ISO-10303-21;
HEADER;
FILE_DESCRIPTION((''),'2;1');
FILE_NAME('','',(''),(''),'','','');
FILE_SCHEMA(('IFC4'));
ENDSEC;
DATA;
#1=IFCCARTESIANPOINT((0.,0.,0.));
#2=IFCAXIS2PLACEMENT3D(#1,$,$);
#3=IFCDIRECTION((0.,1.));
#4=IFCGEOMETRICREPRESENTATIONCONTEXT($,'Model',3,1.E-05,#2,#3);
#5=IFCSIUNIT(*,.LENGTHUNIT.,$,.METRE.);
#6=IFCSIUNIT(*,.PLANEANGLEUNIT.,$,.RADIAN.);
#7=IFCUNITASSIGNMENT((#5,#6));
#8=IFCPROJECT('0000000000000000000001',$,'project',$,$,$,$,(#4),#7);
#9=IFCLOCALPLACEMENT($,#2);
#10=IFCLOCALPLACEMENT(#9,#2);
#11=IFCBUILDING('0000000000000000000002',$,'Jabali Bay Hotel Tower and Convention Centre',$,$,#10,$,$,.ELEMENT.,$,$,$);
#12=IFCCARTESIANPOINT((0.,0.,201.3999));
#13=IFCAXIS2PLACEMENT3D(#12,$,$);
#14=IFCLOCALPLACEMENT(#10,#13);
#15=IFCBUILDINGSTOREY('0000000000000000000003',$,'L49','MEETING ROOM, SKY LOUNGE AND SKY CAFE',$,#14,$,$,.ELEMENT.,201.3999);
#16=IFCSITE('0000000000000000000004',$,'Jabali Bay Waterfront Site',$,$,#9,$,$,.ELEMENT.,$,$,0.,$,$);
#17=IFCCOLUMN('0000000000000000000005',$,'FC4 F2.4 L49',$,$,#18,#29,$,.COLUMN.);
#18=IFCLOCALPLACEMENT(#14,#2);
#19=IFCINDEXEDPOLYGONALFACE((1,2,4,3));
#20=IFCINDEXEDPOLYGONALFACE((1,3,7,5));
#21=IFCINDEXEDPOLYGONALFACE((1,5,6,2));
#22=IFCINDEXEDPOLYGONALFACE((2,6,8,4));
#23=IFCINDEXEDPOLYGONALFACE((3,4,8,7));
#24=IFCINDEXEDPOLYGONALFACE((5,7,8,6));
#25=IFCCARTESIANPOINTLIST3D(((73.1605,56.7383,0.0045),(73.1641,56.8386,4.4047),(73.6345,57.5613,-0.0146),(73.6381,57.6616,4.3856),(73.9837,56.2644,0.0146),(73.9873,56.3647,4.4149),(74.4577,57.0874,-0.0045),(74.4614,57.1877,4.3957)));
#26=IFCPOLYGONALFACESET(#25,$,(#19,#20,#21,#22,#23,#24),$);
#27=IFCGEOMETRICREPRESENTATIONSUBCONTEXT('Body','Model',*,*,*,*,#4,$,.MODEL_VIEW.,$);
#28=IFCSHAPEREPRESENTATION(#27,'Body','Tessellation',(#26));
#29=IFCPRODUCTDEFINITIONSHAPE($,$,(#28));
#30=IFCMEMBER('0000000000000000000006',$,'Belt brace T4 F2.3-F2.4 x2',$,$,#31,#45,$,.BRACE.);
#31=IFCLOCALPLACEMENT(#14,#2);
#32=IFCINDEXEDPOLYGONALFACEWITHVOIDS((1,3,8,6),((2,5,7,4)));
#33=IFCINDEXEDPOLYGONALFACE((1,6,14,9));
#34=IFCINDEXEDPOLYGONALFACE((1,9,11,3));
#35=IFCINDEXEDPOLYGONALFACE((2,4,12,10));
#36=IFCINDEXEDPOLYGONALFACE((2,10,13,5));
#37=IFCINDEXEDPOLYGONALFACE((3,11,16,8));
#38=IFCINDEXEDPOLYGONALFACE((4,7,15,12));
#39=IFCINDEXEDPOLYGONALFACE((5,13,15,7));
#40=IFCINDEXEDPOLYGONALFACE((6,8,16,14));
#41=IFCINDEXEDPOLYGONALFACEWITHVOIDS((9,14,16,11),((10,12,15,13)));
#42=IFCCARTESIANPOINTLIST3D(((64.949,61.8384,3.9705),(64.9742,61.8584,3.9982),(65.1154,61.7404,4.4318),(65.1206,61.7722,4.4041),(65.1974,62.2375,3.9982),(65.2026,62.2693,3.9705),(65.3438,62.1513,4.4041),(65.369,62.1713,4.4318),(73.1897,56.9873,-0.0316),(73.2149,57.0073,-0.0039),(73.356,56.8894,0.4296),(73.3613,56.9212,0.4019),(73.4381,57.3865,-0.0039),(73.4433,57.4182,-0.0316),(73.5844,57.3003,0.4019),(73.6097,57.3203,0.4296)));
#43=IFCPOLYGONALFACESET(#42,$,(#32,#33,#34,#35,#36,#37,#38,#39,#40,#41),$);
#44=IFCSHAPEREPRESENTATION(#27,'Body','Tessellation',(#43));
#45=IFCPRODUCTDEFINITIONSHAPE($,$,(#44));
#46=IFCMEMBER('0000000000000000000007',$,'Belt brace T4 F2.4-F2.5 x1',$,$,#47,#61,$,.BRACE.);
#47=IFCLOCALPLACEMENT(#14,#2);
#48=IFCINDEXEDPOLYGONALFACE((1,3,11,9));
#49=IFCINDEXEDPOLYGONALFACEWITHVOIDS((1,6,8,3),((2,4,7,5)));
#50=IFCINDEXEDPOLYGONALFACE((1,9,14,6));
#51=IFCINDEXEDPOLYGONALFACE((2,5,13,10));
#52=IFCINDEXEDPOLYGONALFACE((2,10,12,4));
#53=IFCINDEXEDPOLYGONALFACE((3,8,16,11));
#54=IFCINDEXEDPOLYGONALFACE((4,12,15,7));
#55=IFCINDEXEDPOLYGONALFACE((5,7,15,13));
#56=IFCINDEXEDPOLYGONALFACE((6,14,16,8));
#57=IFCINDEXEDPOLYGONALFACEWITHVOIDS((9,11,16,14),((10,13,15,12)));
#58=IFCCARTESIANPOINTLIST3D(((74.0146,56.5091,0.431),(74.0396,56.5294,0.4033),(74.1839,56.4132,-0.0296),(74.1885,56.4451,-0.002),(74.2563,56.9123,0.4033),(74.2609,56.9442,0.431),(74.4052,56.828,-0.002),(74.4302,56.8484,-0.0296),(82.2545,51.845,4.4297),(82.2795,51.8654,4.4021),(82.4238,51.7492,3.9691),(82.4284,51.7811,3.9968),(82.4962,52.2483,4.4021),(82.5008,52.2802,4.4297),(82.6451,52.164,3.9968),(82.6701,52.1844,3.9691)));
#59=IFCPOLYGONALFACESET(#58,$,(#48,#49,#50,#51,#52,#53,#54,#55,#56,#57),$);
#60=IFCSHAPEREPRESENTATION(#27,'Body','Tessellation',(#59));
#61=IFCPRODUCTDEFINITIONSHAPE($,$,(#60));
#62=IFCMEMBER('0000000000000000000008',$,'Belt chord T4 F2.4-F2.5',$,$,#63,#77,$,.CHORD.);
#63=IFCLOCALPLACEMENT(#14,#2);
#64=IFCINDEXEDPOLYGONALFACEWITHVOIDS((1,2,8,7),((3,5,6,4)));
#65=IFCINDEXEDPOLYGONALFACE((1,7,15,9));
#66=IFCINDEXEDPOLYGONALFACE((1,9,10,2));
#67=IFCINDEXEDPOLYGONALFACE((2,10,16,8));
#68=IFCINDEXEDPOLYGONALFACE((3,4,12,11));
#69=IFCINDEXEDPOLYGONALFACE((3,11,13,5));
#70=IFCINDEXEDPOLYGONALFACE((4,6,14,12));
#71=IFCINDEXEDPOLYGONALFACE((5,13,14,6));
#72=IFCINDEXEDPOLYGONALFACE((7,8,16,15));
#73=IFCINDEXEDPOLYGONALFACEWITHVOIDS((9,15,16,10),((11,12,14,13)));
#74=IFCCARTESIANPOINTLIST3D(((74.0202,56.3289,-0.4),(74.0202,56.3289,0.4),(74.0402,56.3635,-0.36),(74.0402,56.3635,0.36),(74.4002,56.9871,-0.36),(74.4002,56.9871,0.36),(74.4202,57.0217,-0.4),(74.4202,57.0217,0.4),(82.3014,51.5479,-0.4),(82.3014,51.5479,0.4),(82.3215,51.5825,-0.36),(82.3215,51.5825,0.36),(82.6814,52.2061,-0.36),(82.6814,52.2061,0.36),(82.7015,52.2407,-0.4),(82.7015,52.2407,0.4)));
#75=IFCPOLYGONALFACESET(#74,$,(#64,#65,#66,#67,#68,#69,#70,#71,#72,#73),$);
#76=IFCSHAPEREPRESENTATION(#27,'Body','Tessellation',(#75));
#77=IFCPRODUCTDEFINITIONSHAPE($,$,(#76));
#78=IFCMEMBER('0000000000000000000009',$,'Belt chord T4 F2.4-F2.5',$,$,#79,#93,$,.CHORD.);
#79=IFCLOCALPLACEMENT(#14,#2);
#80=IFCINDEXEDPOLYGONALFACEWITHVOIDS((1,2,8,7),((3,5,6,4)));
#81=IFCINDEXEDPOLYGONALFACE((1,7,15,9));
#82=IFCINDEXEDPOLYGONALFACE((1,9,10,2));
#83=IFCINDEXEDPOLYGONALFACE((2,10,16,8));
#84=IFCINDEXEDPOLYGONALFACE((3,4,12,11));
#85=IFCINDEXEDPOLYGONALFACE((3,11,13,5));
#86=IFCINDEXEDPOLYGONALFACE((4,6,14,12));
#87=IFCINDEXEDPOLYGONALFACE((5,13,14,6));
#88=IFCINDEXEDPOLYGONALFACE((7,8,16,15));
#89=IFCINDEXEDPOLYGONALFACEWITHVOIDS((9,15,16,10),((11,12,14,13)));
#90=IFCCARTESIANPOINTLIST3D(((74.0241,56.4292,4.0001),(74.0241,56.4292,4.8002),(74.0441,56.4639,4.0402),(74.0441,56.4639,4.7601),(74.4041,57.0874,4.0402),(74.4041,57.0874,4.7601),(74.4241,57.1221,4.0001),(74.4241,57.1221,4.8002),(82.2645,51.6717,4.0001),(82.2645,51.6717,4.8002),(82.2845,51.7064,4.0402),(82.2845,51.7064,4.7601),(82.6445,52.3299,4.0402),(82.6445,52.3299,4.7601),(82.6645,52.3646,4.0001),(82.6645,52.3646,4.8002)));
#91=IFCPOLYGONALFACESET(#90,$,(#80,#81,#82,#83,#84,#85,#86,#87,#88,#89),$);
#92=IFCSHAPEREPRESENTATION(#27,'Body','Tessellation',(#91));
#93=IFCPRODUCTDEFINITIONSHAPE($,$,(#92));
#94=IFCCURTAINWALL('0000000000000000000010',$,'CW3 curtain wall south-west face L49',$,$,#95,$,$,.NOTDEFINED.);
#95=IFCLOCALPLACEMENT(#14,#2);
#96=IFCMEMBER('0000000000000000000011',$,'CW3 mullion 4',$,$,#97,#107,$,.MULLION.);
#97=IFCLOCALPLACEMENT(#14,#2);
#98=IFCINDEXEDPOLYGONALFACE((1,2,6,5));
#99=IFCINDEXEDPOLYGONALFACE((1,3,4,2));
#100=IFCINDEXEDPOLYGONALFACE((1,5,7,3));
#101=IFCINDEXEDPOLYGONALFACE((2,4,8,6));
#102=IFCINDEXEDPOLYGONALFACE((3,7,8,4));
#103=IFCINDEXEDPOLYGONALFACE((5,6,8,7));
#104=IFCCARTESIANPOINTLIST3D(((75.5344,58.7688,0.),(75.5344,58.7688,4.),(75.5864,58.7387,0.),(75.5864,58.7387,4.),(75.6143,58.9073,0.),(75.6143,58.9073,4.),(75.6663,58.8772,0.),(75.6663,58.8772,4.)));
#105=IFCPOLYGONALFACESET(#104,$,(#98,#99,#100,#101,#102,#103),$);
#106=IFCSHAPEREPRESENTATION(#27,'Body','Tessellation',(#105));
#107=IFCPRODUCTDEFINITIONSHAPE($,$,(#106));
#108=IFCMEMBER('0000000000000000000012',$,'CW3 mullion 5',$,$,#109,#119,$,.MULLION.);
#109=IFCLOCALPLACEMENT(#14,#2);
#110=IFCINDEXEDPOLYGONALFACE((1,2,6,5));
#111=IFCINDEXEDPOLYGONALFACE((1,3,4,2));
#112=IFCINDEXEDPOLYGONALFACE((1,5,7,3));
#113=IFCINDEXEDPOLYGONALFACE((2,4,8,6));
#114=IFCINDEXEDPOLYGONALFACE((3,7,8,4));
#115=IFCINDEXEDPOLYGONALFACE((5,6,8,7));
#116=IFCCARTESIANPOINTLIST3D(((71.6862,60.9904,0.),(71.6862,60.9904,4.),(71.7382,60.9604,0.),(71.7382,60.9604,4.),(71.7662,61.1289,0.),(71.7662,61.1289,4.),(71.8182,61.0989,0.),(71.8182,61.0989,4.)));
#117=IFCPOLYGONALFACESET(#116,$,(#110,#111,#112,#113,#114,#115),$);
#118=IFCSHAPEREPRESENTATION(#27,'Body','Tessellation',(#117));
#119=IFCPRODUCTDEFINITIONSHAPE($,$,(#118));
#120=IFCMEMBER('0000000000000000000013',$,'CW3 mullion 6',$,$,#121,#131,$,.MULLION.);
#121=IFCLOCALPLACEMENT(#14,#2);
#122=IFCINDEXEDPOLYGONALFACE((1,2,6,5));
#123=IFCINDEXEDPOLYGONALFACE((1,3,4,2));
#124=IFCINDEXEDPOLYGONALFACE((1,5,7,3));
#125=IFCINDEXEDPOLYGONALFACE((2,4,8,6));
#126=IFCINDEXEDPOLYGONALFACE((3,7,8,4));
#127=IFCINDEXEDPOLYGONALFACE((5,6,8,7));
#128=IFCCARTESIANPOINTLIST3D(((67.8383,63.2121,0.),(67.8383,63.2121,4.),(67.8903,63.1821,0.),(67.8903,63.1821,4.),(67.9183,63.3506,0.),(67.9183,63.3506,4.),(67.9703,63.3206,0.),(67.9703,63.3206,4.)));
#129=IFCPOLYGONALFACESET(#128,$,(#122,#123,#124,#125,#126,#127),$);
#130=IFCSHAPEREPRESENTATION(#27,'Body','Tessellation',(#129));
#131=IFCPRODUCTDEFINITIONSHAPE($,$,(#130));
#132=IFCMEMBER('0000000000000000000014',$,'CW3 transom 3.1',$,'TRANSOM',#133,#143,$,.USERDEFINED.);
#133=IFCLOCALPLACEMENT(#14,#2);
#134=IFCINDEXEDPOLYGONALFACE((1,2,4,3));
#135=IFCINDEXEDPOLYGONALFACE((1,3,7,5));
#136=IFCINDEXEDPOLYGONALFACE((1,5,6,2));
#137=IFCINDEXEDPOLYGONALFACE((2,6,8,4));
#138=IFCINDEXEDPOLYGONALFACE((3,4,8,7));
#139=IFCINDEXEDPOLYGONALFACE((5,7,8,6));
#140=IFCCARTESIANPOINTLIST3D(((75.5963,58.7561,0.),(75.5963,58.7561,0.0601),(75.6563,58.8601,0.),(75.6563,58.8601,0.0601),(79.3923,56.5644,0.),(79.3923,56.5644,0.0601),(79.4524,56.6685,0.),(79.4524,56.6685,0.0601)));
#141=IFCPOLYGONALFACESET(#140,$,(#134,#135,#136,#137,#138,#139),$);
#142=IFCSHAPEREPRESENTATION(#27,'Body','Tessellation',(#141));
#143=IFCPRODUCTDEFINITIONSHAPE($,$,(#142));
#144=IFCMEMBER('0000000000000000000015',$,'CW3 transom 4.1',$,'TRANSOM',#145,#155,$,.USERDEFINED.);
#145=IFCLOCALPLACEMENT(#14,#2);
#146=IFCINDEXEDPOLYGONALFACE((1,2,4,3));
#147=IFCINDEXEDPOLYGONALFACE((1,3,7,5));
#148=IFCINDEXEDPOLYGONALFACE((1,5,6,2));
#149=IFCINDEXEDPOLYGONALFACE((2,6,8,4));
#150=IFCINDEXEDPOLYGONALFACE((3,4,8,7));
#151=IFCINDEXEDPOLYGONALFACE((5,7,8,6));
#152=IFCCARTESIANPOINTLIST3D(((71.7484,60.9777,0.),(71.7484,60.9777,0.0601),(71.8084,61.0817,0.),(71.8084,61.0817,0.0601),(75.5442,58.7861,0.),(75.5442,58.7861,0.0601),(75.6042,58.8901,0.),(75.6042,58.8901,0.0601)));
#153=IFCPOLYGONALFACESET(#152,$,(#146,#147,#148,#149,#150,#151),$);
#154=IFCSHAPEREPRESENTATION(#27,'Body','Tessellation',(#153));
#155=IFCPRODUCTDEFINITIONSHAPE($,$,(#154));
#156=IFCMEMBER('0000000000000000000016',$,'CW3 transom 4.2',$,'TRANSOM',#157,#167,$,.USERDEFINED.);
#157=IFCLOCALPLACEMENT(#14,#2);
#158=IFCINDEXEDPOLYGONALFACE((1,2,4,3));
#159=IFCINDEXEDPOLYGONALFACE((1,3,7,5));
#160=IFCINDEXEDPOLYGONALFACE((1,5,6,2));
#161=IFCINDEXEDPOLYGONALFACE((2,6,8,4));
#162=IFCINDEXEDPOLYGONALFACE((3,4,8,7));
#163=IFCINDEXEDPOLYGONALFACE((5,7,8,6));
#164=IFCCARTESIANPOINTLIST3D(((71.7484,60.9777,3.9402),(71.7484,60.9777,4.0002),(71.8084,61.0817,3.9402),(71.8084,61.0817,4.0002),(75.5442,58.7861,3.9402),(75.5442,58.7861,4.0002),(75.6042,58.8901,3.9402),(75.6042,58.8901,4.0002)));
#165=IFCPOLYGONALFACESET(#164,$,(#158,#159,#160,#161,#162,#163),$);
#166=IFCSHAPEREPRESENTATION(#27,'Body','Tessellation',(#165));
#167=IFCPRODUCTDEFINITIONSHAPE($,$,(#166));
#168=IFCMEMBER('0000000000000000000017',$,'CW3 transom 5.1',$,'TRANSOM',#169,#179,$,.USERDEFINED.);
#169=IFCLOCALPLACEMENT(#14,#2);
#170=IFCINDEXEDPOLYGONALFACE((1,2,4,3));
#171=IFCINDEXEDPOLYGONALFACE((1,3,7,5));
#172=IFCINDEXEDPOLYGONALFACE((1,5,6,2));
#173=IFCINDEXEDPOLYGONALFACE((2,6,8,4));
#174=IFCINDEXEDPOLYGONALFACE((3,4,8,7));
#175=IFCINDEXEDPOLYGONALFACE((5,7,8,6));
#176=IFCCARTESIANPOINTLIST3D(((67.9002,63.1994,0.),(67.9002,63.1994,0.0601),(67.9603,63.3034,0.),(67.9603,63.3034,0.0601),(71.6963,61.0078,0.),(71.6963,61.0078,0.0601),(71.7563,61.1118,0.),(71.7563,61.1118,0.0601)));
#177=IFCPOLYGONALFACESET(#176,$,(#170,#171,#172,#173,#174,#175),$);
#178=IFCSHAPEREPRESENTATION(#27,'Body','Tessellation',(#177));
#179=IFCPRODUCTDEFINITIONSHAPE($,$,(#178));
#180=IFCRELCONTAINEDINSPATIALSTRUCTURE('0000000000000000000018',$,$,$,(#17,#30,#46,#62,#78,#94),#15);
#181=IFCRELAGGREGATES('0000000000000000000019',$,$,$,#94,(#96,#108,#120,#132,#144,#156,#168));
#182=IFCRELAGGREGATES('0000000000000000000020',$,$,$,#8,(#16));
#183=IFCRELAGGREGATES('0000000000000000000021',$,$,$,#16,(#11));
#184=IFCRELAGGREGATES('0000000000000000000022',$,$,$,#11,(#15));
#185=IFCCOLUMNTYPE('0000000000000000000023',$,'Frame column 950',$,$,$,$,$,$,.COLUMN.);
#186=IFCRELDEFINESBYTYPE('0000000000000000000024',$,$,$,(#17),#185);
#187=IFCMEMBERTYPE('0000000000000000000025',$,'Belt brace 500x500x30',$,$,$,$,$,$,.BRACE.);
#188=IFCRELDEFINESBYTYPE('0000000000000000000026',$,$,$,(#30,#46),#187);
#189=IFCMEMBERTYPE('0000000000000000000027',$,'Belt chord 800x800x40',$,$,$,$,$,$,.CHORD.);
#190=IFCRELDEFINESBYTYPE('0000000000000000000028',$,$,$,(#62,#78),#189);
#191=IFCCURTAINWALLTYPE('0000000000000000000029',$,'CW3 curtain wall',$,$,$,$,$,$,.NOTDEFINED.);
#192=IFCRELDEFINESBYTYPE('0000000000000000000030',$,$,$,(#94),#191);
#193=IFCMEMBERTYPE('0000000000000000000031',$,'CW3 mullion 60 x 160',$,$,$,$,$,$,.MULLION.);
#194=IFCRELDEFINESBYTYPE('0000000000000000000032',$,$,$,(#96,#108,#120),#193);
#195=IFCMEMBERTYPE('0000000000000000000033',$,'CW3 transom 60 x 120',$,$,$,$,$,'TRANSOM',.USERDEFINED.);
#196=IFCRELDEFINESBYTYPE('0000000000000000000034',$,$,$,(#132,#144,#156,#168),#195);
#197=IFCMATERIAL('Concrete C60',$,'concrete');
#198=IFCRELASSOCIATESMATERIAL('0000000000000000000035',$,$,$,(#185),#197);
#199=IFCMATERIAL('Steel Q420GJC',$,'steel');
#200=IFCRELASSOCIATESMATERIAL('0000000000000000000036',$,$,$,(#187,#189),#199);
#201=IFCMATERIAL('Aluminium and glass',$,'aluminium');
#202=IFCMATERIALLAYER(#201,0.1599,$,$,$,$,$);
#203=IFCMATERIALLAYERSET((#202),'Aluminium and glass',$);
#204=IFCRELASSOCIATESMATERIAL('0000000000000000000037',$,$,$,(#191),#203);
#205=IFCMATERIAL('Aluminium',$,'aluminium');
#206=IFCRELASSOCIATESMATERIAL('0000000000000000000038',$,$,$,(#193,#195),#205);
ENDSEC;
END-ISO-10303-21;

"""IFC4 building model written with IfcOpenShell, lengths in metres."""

from ifc_helpers import new_model, si_unit, direction, frame, origin, origin_2d, place, context, subcontext, project, spatial, rectangle, hollow_rectangle, extrude, material, layer, layer_set, material_profile, profile_set, type_object, element, aggregate, save


model = new_model("IFC4")

# Units and contexts
model_context = context("Model", 3, precision=1e-05, world=origin(), true_north=direction((0.0, 1.0)))
body_context = subcontext(model_context, "Body", "Model", "MODEL_VIEW")
ifc_project = project(units=[si_unit("LENGTHUNIT", "METRE"), si_unit("PLANEANGLEUNIT", "RADIAN")], contexts=[model_context])

# Site, building, storey
site_placement = place(None, origin())
site = spatial("IfcSite", under=ifc_project, at=site_placement, Name="Jabali Bay Waterfront Site", CompositionType="ELEMENT", RefElevation=0.0)
building_placement = place(site_placement, origin())
building = spatial("IfcBuilding", under=site, at=building_placement, Name="Jabali Bay Hotel Tower and Convention Centre", CompositionType="ELEMENT")
storey_placement = place(building_placement, frame((0.0, 0.0, 201.3999)))
storey = spatial("IfcBuildingStorey", under=building, at=storey_placement, Name="L49", Description="MEETING ROOM, SKY LOUNGE AND SKY CAFE", CompositionType="ELEMENT", Elevation=201.3999)

# Column
ifc_material_1 = material(Name="Concrete C60", Category="concrete")
ifc_material_profile_1 = material_profile(ifc_material_1, rectangle(XDim=0.95, YDim=0.95, at=origin_2d()), Name="Frame column 950")
ifc_profile_set_1 = profile_set([ifc_material_profile_1], Name="Concrete C60")
column_type = type_object("IfcColumnType", Name="Frame column 950", PredefinedType="COLUMN", material=ifc_profile_set_1)
column_placement = place(storey_placement, frame((73.8091, 56.9128, 0.0), z_axis=(0.000832, 0.022798, 0.99974), x_axis=(-0.499009, -0.866362, 0.020172)))
element("IfcColumn", 1, at=column_placement, inside=storey, type_object=column_type, Name="FC4 F2.4 L49", PredefinedType="COLUMN", context=body_context, shape_type="SweptSolid", body=[
    extrude(rectangle(XDim=0.95, YDim=0.95, at=origin_2d()), origin(), (0.0, 0.0, 1.0), 4.4014),
])

# Members
ifc_material_2 = material(Name="Steel Q420GJC", Category="steel")
ifc_material_profile_2 = material_profile(ifc_material_2, hollow_rectangle(XDim=0.5, YDim=0.5, WallThickness=0.03, at=origin_2d()), Name="Belt brace 500x500x30")
ifc_profile_set_2 = profile_set([ifc_material_profile_2], Name="Steel Q420GJC")
member_type_1 = type_object("IfcMemberType", Name="Belt brace 500x500x30", PredefinedType="BRACE", material=ifc_profile_set_2)
member_1_placement = place(storey_placement, frame((73.3997, 57.1538, 0.199), z_axis=(-0.794954, 0.467966, 0.386078), x_axis=(-0.507299, -0.86177, 0.0)))
element("IfcMember", 2, at=member_1_placement, inside=storey, type_object=member_type_1, Name="Belt brace T4 F2.3-F2.4 x2", PredefinedType="BRACE", context=body_context, shape_type="SweptSolid", body=[
    extrude(hollow_rectangle(XDim=0.5, YDim=0.5, WallThickness=0.03, at=origin_2d()), origin(), (0.0, 0.0, 1.0), 10.3662),
])
member_2_placement = place(storey_placement, frame((74.2224, 56.6787, 0.2007), z_axis=(0.801697, -0.453783, 0.389055), x_axis=(0.492592, 0.870261, 0.0)))
element("IfcMember", 3, at=member_2_placement, inside=storey, type_object=member_type_1, Name="Belt brace T4 F2.4-F2.5 x1", PredefinedType="BRACE", context=body_context, shape_type="SweptSolid", body=[
    extrude(hollow_rectangle(XDim=0.5, YDim=0.5, WallThickness=0.03, at=origin_2d()), origin(), (0.0, 0.0, 1.0), 10.2781),
])
ifc_material_profile_3 = material_profile(ifc_material_2, hollow_rectangle(XDim=0.8, YDim=0.8, WallThickness=0.04, at=origin_2d()), Name="Belt chord 800x800x40")
ifc_profile_set_3 = profile_set([ifc_material_profile_3], Name="Steel Q420GJC")
member_type_2 = type_object("IfcMemberType", Name="Belt chord 800x800x40", PredefinedType="CHORD", material=ifc_profile_set_3)
member_3_placement = place(storey_placement, frame((74.2202, 56.6753, 0.0), z_axis=(0.866033, -0.499986, 0.0), x_axis=(0.499986, 0.866033, 0.0)))
element("IfcMember", 4, at=member_3_placement, inside=storey, type_object=member_type_2, Name="Belt chord T4 F2.4-F2.5", PredefinedType="CHORD", context=body_context, shape_type="SweptSolid", body=[
    extrude(hollow_rectangle(XDim=0.8, YDim=0.8, WallThickness=0.04, at=origin_2d()), origin(), (0.0, 0.0, 1.0), 9.5623),
])
member_4_placement = place(storey_placement, frame((74.2241, 56.7756, 4.4001), z_axis=(0.866029, -0.499994, 0.0), x_axis=(0.499994, 0.866029, 0.0)))
element("IfcMember", 5, at=member_4_placement, inside=storey, type_object=member_type_2, Name="Belt chord T4 F2.4-F2.5", PredefinedType="CHORD", context=body_context, shape_type="SweptSolid", body=[
    extrude(hollow_rectangle(XDim=0.8, YDim=0.8, WallThickness=0.04, at=origin_2d()), origin(), (0.0, 0.0, 1.0), 9.5151),
])

# Curtain wall, members
ifc_material_3 = material(Name="Aluminium and glass", Category="aluminium")
ifc_layer_1 = layer(ifc_material_3, 0.1599)
ifc_layer_set_1 = layer_set([ifc_layer_1], Name="Aluminium and glass")
curtain_wall_type = type_object("IfcCurtainWallType", Name="CW3 curtain wall", PredefinedType="NOTDEFINED", material=ifc_layer_set_1)
curtain_wall_placement = place(storey_placement, origin())
curtain_wall = element("IfcCurtainWall", 6, at=curtain_wall_placement, inside=storey, type_object=curtain_wall_type, Name="CW3 curtain wall south-west face L49", PredefinedType="NOTDEFINED")
ifc_material_4 = material(Name="Aluminium", Category="aluminium")
ifc_material_profile_4 = material_profile(ifc_material_4, rectangle(XDim=0.1599, YDim=0.0601, at=origin_2d()), Name="CW3 mullion 60 x 160")
ifc_profile_set_4 = profile_set([ifc_material_profile_4], Name="Aluminium")
member_type_3 = type_object("IfcMemberType", Name="CW3 mullion 60 x 160", PredefinedType="MULLION", material=ifc_profile_set_4)
member_5_placement = place(storey_placement, frame((75.6003, 58.823, 0.0), z_axis=(0.0, 0.0, 1.0), x_axis=(-0.5, -0.866025, 0.0)))
member_5 = element("IfcMember", 7, at=member_5_placement, type_object=member_type_3, Name="CW3 mullion 4", PredefinedType="MULLION", context=body_context, shape_type="SweptSolid", body=[
    extrude(rectangle(XDim=0.1599, YDim=0.0601, at=origin_2d()), origin(), (0.0, 0.0, 1.0), 4.0),
])
member_6_placement = place(storey_placement, frame((71.7522, 61.0447, 0.0), z_axis=(0.0, 0.0, 1.0), x_axis=(-0.5, -0.866025, 0.0)))
member_6 = element("IfcMember", 8, at=member_6_placement, type_object=member_type_3, Name="CW3 mullion 5", PredefinedType="MULLION", context=body_context, shape_type="SweptSolid", body=[
    extrude(rectangle(XDim=0.1599, YDim=0.0601, at=origin_2d()), origin(), (0.0, 0.0, 1.0), 4.0),
])
member_7_placement = place(storey_placement, frame((67.9043, 63.2664, 0.0), z_axis=(0.0, 0.0, 1.0), x_axis=(-0.5, -0.866025, 0.0)))
member_7 = element("IfcMember", 9, at=member_7_placement, type_object=member_type_3, Name="CW3 mullion 6", PredefinedType="MULLION", context=body_context, shape_type="SweptSolid", body=[
    extrude(rectangle(XDim=0.1599, YDim=0.0601, at=origin_2d()), origin(), (0.0, 0.0, 1.0), 4.0),
])
ifc_material_profile_5 = material_profile(ifc_material_4, rectangle(XDim=0.1201, YDim=0.0601, at=origin_2d()), Name="CW3 transom 60 x 120")
ifc_profile_set_5 = profile_set([ifc_material_profile_5], Name="Aluminium")
member_type_4 = type_object("IfcMemberType", Name="CW3 transom 60 x 120", ElementType="TRANSOM", PredefinedType="USERDEFINED", material=ifc_profile_set_5)
member_8_placement = place(storey_placement, frame((79.4224, 56.6165, 0.03), z_axis=(-0.866031, 0.499991, 0.0), x_axis=(-0.499991, -0.866031, 0.0)))
member_8 = element("IfcMember", 10, at=member_8_placement, type_object=member_type_4, Name="CW3 transom 3.1", ObjectType="TRANSOM", PredefinedType="USERDEFINED", context=body_context, shape_type="SweptSolid", body=[
    extrude(rectangle(XDim=0.1201, YDim=0.0601, at=origin_2d()), origin(), (0.0, 0.0, 1.0), 4.3833),
])
member_9_placement = place(storey_placement, frame((75.5742, 58.8381, 0.03), z_axis=(-0.866017, 0.500015, 0.0), x_axis=(-0.500015, -0.866017, 0.0)))
member_9 = element("IfcMember", 11, at=member_9_placement, type_object=member_type_4, Name="CW3 transom 4.1", ObjectType="TRANSOM", PredefinedType="USERDEFINED", context=body_context, shape_type="SweptSolid", body=[
    extrude(rectangle(XDim=0.1201, YDim=0.0601, at=origin_2d()), origin(), (0.0, 0.0, 1.0), 4.3831),
])
member_10_placement = place(storey_placement, frame((75.5742, 58.8381, 3.9702), z_axis=(-0.866017, 0.500015, 0.0), x_axis=(-0.500015, -0.866017, 0.0)))
member_10 = element("IfcMember", 12, at=member_10_placement, type_object=member_type_4, Name="CW3 transom 4.2", ObjectType="TRANSOM", PredefinedType="USERDEFINED", context=body_context, shape_type="SweptSolid", body=[
    extrude(rectangle(XDim=0.1201, YDim=0.0601, at=origin_2d()), origin(), (0.0, 0.0, 1.0), 4.3831),
])
member_11_placement = place(storey_placement, frame((71.7263, 61.0598, 0.03), z_axis=(-0.866031, 0.499991, 0.0), x_axis=(-0.499991, -0.866031, 0.0)))
member_11 = element("IfcMember", 13, at=member_11_placement, type_object=member_type_4, Name="CW3 transom 5.1", ObjectType="TRANSOM", PredefinedType="USERDEFINED", context=body_context, shape_type="SweptSolid", body=[
    extrude(rectangle(XDim=0.1201, YDim=0.0601, at=origin_2d()), origin(), (0.0, 0.0, 1.0), 4.3833),
])
aggregate(curtain_wall, [member_5, member_6, member_7, member_8, member_9, member_10, member_11])

save(model, "model.ifc")
